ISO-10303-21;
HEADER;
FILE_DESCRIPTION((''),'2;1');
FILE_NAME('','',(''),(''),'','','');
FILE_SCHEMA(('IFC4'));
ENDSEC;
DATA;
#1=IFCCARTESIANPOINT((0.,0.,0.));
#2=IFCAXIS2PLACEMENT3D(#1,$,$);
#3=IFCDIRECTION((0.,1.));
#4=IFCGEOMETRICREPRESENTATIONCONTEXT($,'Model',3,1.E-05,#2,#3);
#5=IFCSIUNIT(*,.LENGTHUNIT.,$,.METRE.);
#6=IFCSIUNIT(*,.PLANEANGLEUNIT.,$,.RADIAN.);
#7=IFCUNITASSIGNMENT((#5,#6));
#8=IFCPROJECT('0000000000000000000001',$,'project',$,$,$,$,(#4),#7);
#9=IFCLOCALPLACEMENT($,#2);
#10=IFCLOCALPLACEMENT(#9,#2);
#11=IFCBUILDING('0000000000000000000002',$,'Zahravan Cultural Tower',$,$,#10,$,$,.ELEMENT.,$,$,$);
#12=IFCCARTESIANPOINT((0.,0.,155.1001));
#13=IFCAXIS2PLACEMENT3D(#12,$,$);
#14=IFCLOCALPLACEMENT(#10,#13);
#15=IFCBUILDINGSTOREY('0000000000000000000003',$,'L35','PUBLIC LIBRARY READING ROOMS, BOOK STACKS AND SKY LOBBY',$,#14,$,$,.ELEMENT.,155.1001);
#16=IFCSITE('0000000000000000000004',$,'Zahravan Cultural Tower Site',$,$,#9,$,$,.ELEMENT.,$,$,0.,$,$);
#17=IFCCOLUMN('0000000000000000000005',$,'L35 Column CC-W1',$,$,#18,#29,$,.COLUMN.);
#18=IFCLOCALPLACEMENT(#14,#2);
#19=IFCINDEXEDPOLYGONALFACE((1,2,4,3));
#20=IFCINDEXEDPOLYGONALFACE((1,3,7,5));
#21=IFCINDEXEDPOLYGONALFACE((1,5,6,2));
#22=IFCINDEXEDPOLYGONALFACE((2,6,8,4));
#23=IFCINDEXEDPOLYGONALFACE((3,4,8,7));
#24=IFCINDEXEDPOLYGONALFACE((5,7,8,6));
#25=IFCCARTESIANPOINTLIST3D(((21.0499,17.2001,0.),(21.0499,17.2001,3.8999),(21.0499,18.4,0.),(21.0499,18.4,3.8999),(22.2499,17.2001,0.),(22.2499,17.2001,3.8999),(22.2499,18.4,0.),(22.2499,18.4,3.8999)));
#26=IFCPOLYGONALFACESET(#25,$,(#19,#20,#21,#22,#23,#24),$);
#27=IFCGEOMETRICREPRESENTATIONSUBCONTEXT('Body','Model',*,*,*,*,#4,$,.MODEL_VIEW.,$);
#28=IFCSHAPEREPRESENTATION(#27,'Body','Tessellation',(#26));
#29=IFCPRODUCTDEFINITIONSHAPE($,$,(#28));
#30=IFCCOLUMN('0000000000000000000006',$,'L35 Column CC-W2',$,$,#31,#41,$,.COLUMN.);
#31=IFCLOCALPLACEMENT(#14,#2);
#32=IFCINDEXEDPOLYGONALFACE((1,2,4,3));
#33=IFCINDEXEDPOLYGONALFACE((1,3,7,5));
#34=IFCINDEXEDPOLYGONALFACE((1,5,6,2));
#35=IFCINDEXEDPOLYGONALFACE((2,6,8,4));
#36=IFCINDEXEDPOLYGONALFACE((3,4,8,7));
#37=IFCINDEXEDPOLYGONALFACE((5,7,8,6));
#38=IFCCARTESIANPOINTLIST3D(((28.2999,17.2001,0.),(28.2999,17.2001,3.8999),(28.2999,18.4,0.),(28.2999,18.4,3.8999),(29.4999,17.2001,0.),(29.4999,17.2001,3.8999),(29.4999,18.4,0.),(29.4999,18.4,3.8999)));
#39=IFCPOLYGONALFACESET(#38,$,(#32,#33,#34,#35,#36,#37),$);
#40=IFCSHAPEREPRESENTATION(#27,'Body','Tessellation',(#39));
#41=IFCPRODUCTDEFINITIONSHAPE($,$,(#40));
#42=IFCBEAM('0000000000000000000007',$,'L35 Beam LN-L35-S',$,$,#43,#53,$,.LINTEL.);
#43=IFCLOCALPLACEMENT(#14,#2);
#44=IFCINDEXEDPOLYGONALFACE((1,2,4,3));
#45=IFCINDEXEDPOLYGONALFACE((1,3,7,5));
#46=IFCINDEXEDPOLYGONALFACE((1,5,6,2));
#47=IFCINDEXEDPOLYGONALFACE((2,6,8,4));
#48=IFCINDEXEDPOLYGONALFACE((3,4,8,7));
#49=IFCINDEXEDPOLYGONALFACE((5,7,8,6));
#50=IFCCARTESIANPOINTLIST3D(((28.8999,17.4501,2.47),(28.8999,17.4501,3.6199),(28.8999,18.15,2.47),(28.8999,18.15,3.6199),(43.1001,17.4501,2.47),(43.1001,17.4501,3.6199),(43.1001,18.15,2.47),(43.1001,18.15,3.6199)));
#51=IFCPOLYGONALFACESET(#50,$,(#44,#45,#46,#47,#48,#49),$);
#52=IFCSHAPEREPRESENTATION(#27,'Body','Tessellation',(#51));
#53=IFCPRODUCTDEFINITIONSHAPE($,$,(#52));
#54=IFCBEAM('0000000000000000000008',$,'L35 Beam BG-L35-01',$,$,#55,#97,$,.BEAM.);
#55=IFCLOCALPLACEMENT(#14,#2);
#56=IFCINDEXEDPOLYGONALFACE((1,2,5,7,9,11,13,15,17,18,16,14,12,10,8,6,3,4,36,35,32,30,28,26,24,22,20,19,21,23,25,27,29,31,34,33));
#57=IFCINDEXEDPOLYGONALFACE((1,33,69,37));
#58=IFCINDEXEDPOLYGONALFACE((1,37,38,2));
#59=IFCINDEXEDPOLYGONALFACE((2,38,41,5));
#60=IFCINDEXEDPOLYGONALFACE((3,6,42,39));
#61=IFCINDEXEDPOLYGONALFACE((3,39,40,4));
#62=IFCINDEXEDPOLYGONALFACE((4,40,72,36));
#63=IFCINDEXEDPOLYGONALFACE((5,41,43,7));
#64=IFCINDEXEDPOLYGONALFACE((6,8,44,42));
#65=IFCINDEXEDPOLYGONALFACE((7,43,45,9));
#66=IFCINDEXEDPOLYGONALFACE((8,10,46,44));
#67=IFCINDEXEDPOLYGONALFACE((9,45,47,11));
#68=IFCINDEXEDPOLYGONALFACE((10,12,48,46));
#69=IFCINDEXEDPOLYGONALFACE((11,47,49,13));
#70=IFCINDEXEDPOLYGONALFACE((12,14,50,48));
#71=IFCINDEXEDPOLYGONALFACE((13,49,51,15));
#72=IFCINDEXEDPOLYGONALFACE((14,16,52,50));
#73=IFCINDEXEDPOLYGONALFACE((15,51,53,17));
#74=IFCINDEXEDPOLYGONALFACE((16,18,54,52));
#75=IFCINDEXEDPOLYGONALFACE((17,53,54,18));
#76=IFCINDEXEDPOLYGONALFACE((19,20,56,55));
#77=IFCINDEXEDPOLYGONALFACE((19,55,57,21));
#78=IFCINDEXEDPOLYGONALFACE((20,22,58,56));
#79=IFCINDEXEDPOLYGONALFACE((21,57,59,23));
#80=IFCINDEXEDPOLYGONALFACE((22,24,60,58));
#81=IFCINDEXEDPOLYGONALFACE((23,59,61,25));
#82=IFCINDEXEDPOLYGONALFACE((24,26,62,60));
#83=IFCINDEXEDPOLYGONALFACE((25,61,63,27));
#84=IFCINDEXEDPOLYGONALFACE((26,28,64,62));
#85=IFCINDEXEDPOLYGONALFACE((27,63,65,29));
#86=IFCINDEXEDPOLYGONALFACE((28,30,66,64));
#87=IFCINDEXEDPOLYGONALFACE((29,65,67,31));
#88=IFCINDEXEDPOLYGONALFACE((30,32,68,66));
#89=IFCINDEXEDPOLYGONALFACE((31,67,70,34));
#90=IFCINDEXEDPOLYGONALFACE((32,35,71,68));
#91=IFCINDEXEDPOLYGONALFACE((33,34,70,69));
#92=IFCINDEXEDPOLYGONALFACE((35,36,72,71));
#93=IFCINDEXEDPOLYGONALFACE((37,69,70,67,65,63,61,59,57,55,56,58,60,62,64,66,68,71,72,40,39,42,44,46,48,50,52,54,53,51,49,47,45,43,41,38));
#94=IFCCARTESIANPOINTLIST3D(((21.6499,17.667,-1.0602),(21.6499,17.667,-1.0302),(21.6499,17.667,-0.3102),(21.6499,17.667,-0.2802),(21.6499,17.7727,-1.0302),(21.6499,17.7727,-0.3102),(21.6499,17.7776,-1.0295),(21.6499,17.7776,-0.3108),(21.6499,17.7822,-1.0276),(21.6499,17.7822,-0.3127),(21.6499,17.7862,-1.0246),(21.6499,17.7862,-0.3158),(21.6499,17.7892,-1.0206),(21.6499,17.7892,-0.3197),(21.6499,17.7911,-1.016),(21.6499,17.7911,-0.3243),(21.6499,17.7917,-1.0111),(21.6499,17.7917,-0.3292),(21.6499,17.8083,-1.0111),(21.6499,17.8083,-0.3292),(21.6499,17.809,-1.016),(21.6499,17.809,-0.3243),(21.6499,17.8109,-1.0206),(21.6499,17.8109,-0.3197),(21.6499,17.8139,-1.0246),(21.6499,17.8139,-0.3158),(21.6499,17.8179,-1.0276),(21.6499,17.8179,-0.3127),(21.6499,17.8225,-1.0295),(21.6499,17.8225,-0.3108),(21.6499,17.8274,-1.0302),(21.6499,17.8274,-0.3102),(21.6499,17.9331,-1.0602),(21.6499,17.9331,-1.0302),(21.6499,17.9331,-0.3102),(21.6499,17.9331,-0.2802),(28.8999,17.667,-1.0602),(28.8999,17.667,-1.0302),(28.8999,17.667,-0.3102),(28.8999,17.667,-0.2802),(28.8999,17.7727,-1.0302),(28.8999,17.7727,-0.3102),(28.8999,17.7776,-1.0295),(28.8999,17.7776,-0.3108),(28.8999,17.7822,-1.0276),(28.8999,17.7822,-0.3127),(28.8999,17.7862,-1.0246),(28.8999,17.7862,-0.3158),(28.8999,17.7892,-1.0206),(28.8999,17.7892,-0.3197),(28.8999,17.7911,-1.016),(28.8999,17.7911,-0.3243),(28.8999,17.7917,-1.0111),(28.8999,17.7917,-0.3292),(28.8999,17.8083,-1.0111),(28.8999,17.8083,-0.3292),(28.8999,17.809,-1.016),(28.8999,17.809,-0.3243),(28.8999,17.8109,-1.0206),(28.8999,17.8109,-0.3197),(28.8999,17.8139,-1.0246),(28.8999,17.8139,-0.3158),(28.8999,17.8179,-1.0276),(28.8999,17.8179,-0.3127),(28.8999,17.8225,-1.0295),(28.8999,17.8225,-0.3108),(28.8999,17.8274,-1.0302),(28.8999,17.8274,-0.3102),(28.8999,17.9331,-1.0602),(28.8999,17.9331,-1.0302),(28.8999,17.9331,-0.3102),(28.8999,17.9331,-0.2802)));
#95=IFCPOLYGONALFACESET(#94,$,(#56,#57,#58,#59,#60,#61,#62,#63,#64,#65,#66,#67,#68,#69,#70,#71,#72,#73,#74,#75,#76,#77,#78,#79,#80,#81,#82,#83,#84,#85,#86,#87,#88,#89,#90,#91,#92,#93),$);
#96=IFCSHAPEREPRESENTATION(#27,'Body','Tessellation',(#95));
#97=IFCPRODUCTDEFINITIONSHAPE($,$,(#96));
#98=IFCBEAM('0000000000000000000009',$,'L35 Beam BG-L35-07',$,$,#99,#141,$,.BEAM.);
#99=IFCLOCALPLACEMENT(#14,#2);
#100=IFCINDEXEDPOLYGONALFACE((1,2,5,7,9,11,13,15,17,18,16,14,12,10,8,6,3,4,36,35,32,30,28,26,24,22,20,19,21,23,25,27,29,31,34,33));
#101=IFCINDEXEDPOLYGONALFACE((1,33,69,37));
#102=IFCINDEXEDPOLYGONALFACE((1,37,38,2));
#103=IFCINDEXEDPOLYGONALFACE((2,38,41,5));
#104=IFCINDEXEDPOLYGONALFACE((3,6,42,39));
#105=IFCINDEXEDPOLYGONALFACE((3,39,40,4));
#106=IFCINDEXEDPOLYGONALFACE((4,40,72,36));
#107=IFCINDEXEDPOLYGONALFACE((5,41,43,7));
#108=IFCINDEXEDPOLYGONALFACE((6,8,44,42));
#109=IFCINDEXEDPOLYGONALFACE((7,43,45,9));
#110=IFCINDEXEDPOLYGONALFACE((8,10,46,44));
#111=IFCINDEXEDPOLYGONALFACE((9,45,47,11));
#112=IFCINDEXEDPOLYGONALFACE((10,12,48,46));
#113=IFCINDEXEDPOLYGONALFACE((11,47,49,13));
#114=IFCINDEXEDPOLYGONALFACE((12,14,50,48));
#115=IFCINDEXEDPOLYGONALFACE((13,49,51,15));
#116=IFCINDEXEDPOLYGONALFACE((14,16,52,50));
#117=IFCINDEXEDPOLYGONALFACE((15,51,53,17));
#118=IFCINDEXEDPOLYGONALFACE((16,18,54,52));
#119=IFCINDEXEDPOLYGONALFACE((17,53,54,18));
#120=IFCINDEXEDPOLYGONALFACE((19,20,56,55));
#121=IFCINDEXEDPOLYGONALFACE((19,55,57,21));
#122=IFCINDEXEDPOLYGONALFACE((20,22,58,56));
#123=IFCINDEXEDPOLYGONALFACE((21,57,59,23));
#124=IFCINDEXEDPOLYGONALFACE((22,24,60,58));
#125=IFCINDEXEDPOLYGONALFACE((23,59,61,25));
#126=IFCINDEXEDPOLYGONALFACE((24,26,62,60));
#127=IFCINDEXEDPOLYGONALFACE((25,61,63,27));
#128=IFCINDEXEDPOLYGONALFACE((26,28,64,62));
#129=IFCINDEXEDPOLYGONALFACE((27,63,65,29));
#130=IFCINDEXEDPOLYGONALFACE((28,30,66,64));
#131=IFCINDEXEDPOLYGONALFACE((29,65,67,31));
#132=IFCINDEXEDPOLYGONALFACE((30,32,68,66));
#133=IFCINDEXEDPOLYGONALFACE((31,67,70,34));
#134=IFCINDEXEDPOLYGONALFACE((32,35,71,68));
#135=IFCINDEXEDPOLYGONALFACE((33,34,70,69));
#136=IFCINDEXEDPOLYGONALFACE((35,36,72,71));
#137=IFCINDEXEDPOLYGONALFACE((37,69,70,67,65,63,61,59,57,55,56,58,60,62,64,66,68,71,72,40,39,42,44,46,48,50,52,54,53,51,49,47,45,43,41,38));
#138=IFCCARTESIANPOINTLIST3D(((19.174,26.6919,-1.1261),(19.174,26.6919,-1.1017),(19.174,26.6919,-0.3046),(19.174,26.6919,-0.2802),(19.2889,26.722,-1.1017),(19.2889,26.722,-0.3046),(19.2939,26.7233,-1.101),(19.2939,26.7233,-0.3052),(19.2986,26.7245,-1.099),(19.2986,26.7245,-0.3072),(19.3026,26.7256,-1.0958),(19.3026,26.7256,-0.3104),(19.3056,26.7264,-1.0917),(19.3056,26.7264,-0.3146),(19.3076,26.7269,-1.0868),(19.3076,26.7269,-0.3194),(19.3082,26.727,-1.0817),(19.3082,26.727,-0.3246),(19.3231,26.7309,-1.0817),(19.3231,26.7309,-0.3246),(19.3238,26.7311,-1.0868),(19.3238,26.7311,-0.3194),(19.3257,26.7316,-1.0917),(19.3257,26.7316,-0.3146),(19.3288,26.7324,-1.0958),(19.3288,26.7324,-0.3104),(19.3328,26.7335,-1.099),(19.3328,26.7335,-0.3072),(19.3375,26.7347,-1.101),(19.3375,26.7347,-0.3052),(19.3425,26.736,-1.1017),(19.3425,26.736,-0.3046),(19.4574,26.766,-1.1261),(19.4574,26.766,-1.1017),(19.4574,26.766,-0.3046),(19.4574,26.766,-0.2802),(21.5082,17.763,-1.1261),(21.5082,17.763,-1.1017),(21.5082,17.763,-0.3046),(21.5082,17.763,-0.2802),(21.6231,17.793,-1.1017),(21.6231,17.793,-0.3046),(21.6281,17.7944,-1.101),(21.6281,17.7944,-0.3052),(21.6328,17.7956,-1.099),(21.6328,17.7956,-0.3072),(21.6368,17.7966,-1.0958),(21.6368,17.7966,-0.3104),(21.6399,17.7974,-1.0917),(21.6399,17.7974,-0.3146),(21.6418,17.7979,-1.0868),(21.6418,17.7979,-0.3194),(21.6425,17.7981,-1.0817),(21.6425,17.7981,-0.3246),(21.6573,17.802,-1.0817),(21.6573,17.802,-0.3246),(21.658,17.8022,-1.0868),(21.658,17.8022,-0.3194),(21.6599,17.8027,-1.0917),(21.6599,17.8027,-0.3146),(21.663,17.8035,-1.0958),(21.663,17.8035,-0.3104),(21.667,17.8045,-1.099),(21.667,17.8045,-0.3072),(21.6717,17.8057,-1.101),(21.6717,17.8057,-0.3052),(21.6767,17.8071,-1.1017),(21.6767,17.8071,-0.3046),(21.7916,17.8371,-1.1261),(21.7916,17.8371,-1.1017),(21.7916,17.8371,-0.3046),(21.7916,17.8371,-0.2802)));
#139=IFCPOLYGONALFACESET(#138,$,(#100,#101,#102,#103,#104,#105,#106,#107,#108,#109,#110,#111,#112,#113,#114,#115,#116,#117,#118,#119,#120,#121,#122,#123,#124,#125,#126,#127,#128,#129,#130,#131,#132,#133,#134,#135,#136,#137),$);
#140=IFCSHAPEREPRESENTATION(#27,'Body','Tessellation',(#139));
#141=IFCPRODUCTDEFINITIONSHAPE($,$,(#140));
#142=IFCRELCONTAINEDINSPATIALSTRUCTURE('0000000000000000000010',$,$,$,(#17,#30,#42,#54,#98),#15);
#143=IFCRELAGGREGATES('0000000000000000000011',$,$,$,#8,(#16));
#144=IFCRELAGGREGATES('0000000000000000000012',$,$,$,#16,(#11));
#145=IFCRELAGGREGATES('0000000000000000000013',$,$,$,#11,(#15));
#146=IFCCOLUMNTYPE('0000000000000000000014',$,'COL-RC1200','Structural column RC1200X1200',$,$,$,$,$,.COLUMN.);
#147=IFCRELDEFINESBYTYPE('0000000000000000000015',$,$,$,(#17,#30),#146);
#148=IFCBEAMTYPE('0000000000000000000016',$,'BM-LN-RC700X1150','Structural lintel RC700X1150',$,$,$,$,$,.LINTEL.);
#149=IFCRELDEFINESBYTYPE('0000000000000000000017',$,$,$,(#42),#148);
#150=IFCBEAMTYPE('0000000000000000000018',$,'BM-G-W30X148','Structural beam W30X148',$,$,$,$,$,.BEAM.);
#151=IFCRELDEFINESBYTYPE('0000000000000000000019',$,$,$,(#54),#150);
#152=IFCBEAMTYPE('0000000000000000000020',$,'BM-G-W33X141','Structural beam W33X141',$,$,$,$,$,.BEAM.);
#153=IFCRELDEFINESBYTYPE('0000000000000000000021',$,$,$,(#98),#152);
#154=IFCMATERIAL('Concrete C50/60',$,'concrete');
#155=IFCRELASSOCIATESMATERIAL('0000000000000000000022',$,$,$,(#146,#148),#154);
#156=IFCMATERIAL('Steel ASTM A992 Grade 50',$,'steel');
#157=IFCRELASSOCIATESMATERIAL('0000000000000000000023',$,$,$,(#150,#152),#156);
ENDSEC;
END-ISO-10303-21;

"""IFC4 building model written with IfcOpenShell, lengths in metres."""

from ifc_helpers import new_model, si_unit, direction, frame, origin, origin_2d, place, context, subcontext, project, spatial, rectangle, i_section, extrude, source, transform, mapped, material, material_profile, profile_set, type_object, element, save


model = new_model("IFC4")

# Units and contexts
model_context = context("Model", 3, precision=1e-05, world=origin(), true_north=direction((0.0, 1.0)))
body_context = subcontext(model_context, "Body", "Model", "MODEL_VIEW")
ifc_project = project(units=[si_unit("LENGTHUNIT", "METRE"), si_unit("PLANEANGLEUNIT", "RADIAN")], contexts=[model_context])

# Site, building, storey
site_placement = place(None, origin())
site = spatial("IfcSite", under=ifc_project, at=site_placement, Name="Zahravan Cultural Tower Site", CompositionType="ELEMENT", RefElevation=0.0)
building_placement = place(site_placement, origin())
building = spatial("IfcBuilding", under=site, at=building_placement, Name="Zahravan Cultural Tower", CompositionType="ELEMENT")
storey_placement = place(building_placement, frame((0.0, 0.0, 155.1001)))
storey = spatial("IfcBuildingStorey", under=building, at=storey_placement, Name="L35", Description="PUBLIC LIBRARY READING ROOMS, BOOK STACKS AND SKY LOBBY", CompositionType="ELEMENT", Elevation=155.1001)

# Columns
ifc_material_1 = material(Name="Concrete C50/60", Category="concrete")
ifc_material_profile_1 = material_profile(ifc_material_1, rectangle(XDim=1.2, YDim=1.2, at=origin_2d()), Name="RC1200X1200")
ifc_profile_set_1 = profile_set([ifc_material_profile_1], Name="Concrete C50/60")
column_type = type_object("IfcColumnType", Name="COL-RC1200", Description="Structural column RC1200X1200", PredefinedType="COLUMN", material=ifc_profile_set_1)
shared_shape_1 = source(origin(), body_context, "Body", "SweptSolid", [
    extrude(rectangle(XDim=1.2, YDim=1.2, at=origin_2d()), origin(), (0.0, 0.0, 1.0), 3.8999),
])
for number, where, z_axis, x_axis, name in (
    (1, (21.6499, 17.8, 0.0), (0.0, 0.0, 1.0), (1.0, 0.0, 0.0), "L35 Column CC-W1"),
    (2, (28.8999, 17.8, 0.0), (0.0, 0.0, 1.0), (1.0, 0.0, 0.0), "L35 Column CC-W2"),
):
    element("IfcColumn", number, at=place(storey_placement, frame(where, z_axis=z_axis, x_axis=x_axis)), inside=storey, type_object=column_type, Name=name, PredefinedType="COLUMN", context=body_context, shape_type="MappedRepresentation", body=[
        mapped(shared_shape_1, transform((0.0, 0.0, 0.0), x_axis=(1.0, 0.0, 0.0), y_axis=(0.0, 1.0, 0.0), z_axis=(0.0, 0.0, 1.0), scale=1.0)),
    ])

# Beams
ifc_material_profile_2 = material_profile(ifc_material_1, rectangle(XDim=0.7, YDim=1.1499, at=origin_2d()), Name="RC700X1150")
ifc_profile_set_2 = profile_set([ifc_material_profile_2], Name="Concrete C50/60")
beam_type_1 = type_object("IfcBeamType", Name="BM-LN-RC700X1150", Description="Structural lintel RC700X1150", PredefinedType="LINTEL", material=ifc_profile_set_2)
shared_shape_2 = source(origin(), body_context, "Body", "SweptSolid", [
    extrude(rectangle(XDim=0.7, YDim=1.1499, at=origin_2d()), origin(), (0.0, 0.0, 1.0), 14.2002),
])
beam_1_placement = place(storey_placement, frame((28.8999, 17.8, 3.0449), z_axis=(1.0, 0.0, 0.0), x_axis=(0.0, 1.0, 0.0)))
element("IfcBeam", 3, at=beam_1_placement, inside=storey, type_object=beam_type_1, Name="L35 Beam LN-L35-S", PredefinedType="LINTEL", context=body_context, shape_type="MappedRepresentation", body=[
    mapped(shared_shape_2, transform((0.0, 0.0, 0.0), x_axis=(1.0, 0.0, 0.0), y_axis=(0.0, 1.0, 0.0), z_axis=(0.0, 0.0, 1.0), scale=1.0)),
])
ifc_material_2 = material(Name="Steel ASTM A992 Grade 50", Category="steel")
ifc_material_profile_3 = material_profile(ifc_material_2, i_section(OverallWidth=0.2661, OverallDepth=0.78, WebThickness=0.0166, FlangeThickness=0.03, FilletRadius=0.019, at=origin_2d()), Name="W30X148")
ifc_profile_set_3 = profile_set([ifc_material_profile_3], Name="Steel ASTM A992 Grade 50")
beam_type_2 = type_object("IfcBeamType", Name="BM-G-W30X148", Description="Structural beam W30X148", PredefinedType="BEAM", material=ifc_profile_set_3)
shared_shape_3 = source(origin(), body_context, "Body", "SweptSolid", [
    extrude(i_section(OverallWidth=0.2661, OverallDepth=0.78, WebThickness=0.0166, FlangeThickness=0.03, FilletRadius=0.019, at=origin_2d()), origin(), (0.0, 0.0, 1.0), 7.25),
])
beam_2_placement = place(storey_placement, frame((21.6499, 17.8, -0.6702), z_axis=(1.0, 0.0, 0.0), x_axis=(0.0, 1.0, 0.0)))
element("IfcBeam", 4, at=beam_2_placement, inside=storey, type_object=beam_type_2, Name="L35 Beam BG-L35-01", PredefinedType="BEAM", context=body_context, shape_type="MappedRepresentation", body=[
    mapped(shared_shape_3, transform((0.0, 0.0, 0.0), x_axis=(1.0, 0.0, 0.0), y_axis=(0.0, 1.0, 0.0), z_axis=(0.0, 0.0, 1.0), scale=1.0)),
])
ifc_material_profile_4 = material_profile(ifc_material_2, i_section(OverallWidth=0.293, OverallDepth=0.8459, WebThickness=0.0154, FlangeThickness=0.0244, FilletRadius=0.02, at=origin_2d()), Name="W33X141")
ifc_profile_set_4 = profile_set([ifc_material_profile_4], Name="Steel ASTM A992 Grade 50")
beam_type_3 = type_object("IfcBeamType", Name="BM-G-W33X141", Description="Structural beam W33X141", PredefinedType="BEAM", material=ifc_profile_set_4)
shared_shape_4 = source(origin(), body_context, "Body", "SweptSolid", [
    extrude(i_section(OverallWidth=0.293, OverallDepth=0.8459, WebThickness=0.0154, FlangeThickness=0.0244, FilletRadius=0.02, at=origin_2d()), origin(), (0.0, 0.0, 1.0), 9.229),
])
beam_3_placement = place(storey_placement, frame((21.6499, 17.8, -0.7031), z_axis=(-0.252923, 0.967487, 0.0), x_axis=(-0.967487, -0.252923, 0.0)))
element("IfcBeam", 5, at=beam_3_placement, inside=storey, type_object=beam_type_3, Name="L35 Beam BG-L35-07", PredefinedType="BEAM", context=body_context, shape_type="MappedRepresentation", body=[
    mapped(shared_shape_4, transform((0.0, 0.0, 0.0), x_axis=(1.0, 0.0, 0.0), y_axis=(0.0, 1.0, 0.0), z_axis=(0.0, 0.0, 1.0), scale=1.0)),
])

save(model, "model.ifc")
